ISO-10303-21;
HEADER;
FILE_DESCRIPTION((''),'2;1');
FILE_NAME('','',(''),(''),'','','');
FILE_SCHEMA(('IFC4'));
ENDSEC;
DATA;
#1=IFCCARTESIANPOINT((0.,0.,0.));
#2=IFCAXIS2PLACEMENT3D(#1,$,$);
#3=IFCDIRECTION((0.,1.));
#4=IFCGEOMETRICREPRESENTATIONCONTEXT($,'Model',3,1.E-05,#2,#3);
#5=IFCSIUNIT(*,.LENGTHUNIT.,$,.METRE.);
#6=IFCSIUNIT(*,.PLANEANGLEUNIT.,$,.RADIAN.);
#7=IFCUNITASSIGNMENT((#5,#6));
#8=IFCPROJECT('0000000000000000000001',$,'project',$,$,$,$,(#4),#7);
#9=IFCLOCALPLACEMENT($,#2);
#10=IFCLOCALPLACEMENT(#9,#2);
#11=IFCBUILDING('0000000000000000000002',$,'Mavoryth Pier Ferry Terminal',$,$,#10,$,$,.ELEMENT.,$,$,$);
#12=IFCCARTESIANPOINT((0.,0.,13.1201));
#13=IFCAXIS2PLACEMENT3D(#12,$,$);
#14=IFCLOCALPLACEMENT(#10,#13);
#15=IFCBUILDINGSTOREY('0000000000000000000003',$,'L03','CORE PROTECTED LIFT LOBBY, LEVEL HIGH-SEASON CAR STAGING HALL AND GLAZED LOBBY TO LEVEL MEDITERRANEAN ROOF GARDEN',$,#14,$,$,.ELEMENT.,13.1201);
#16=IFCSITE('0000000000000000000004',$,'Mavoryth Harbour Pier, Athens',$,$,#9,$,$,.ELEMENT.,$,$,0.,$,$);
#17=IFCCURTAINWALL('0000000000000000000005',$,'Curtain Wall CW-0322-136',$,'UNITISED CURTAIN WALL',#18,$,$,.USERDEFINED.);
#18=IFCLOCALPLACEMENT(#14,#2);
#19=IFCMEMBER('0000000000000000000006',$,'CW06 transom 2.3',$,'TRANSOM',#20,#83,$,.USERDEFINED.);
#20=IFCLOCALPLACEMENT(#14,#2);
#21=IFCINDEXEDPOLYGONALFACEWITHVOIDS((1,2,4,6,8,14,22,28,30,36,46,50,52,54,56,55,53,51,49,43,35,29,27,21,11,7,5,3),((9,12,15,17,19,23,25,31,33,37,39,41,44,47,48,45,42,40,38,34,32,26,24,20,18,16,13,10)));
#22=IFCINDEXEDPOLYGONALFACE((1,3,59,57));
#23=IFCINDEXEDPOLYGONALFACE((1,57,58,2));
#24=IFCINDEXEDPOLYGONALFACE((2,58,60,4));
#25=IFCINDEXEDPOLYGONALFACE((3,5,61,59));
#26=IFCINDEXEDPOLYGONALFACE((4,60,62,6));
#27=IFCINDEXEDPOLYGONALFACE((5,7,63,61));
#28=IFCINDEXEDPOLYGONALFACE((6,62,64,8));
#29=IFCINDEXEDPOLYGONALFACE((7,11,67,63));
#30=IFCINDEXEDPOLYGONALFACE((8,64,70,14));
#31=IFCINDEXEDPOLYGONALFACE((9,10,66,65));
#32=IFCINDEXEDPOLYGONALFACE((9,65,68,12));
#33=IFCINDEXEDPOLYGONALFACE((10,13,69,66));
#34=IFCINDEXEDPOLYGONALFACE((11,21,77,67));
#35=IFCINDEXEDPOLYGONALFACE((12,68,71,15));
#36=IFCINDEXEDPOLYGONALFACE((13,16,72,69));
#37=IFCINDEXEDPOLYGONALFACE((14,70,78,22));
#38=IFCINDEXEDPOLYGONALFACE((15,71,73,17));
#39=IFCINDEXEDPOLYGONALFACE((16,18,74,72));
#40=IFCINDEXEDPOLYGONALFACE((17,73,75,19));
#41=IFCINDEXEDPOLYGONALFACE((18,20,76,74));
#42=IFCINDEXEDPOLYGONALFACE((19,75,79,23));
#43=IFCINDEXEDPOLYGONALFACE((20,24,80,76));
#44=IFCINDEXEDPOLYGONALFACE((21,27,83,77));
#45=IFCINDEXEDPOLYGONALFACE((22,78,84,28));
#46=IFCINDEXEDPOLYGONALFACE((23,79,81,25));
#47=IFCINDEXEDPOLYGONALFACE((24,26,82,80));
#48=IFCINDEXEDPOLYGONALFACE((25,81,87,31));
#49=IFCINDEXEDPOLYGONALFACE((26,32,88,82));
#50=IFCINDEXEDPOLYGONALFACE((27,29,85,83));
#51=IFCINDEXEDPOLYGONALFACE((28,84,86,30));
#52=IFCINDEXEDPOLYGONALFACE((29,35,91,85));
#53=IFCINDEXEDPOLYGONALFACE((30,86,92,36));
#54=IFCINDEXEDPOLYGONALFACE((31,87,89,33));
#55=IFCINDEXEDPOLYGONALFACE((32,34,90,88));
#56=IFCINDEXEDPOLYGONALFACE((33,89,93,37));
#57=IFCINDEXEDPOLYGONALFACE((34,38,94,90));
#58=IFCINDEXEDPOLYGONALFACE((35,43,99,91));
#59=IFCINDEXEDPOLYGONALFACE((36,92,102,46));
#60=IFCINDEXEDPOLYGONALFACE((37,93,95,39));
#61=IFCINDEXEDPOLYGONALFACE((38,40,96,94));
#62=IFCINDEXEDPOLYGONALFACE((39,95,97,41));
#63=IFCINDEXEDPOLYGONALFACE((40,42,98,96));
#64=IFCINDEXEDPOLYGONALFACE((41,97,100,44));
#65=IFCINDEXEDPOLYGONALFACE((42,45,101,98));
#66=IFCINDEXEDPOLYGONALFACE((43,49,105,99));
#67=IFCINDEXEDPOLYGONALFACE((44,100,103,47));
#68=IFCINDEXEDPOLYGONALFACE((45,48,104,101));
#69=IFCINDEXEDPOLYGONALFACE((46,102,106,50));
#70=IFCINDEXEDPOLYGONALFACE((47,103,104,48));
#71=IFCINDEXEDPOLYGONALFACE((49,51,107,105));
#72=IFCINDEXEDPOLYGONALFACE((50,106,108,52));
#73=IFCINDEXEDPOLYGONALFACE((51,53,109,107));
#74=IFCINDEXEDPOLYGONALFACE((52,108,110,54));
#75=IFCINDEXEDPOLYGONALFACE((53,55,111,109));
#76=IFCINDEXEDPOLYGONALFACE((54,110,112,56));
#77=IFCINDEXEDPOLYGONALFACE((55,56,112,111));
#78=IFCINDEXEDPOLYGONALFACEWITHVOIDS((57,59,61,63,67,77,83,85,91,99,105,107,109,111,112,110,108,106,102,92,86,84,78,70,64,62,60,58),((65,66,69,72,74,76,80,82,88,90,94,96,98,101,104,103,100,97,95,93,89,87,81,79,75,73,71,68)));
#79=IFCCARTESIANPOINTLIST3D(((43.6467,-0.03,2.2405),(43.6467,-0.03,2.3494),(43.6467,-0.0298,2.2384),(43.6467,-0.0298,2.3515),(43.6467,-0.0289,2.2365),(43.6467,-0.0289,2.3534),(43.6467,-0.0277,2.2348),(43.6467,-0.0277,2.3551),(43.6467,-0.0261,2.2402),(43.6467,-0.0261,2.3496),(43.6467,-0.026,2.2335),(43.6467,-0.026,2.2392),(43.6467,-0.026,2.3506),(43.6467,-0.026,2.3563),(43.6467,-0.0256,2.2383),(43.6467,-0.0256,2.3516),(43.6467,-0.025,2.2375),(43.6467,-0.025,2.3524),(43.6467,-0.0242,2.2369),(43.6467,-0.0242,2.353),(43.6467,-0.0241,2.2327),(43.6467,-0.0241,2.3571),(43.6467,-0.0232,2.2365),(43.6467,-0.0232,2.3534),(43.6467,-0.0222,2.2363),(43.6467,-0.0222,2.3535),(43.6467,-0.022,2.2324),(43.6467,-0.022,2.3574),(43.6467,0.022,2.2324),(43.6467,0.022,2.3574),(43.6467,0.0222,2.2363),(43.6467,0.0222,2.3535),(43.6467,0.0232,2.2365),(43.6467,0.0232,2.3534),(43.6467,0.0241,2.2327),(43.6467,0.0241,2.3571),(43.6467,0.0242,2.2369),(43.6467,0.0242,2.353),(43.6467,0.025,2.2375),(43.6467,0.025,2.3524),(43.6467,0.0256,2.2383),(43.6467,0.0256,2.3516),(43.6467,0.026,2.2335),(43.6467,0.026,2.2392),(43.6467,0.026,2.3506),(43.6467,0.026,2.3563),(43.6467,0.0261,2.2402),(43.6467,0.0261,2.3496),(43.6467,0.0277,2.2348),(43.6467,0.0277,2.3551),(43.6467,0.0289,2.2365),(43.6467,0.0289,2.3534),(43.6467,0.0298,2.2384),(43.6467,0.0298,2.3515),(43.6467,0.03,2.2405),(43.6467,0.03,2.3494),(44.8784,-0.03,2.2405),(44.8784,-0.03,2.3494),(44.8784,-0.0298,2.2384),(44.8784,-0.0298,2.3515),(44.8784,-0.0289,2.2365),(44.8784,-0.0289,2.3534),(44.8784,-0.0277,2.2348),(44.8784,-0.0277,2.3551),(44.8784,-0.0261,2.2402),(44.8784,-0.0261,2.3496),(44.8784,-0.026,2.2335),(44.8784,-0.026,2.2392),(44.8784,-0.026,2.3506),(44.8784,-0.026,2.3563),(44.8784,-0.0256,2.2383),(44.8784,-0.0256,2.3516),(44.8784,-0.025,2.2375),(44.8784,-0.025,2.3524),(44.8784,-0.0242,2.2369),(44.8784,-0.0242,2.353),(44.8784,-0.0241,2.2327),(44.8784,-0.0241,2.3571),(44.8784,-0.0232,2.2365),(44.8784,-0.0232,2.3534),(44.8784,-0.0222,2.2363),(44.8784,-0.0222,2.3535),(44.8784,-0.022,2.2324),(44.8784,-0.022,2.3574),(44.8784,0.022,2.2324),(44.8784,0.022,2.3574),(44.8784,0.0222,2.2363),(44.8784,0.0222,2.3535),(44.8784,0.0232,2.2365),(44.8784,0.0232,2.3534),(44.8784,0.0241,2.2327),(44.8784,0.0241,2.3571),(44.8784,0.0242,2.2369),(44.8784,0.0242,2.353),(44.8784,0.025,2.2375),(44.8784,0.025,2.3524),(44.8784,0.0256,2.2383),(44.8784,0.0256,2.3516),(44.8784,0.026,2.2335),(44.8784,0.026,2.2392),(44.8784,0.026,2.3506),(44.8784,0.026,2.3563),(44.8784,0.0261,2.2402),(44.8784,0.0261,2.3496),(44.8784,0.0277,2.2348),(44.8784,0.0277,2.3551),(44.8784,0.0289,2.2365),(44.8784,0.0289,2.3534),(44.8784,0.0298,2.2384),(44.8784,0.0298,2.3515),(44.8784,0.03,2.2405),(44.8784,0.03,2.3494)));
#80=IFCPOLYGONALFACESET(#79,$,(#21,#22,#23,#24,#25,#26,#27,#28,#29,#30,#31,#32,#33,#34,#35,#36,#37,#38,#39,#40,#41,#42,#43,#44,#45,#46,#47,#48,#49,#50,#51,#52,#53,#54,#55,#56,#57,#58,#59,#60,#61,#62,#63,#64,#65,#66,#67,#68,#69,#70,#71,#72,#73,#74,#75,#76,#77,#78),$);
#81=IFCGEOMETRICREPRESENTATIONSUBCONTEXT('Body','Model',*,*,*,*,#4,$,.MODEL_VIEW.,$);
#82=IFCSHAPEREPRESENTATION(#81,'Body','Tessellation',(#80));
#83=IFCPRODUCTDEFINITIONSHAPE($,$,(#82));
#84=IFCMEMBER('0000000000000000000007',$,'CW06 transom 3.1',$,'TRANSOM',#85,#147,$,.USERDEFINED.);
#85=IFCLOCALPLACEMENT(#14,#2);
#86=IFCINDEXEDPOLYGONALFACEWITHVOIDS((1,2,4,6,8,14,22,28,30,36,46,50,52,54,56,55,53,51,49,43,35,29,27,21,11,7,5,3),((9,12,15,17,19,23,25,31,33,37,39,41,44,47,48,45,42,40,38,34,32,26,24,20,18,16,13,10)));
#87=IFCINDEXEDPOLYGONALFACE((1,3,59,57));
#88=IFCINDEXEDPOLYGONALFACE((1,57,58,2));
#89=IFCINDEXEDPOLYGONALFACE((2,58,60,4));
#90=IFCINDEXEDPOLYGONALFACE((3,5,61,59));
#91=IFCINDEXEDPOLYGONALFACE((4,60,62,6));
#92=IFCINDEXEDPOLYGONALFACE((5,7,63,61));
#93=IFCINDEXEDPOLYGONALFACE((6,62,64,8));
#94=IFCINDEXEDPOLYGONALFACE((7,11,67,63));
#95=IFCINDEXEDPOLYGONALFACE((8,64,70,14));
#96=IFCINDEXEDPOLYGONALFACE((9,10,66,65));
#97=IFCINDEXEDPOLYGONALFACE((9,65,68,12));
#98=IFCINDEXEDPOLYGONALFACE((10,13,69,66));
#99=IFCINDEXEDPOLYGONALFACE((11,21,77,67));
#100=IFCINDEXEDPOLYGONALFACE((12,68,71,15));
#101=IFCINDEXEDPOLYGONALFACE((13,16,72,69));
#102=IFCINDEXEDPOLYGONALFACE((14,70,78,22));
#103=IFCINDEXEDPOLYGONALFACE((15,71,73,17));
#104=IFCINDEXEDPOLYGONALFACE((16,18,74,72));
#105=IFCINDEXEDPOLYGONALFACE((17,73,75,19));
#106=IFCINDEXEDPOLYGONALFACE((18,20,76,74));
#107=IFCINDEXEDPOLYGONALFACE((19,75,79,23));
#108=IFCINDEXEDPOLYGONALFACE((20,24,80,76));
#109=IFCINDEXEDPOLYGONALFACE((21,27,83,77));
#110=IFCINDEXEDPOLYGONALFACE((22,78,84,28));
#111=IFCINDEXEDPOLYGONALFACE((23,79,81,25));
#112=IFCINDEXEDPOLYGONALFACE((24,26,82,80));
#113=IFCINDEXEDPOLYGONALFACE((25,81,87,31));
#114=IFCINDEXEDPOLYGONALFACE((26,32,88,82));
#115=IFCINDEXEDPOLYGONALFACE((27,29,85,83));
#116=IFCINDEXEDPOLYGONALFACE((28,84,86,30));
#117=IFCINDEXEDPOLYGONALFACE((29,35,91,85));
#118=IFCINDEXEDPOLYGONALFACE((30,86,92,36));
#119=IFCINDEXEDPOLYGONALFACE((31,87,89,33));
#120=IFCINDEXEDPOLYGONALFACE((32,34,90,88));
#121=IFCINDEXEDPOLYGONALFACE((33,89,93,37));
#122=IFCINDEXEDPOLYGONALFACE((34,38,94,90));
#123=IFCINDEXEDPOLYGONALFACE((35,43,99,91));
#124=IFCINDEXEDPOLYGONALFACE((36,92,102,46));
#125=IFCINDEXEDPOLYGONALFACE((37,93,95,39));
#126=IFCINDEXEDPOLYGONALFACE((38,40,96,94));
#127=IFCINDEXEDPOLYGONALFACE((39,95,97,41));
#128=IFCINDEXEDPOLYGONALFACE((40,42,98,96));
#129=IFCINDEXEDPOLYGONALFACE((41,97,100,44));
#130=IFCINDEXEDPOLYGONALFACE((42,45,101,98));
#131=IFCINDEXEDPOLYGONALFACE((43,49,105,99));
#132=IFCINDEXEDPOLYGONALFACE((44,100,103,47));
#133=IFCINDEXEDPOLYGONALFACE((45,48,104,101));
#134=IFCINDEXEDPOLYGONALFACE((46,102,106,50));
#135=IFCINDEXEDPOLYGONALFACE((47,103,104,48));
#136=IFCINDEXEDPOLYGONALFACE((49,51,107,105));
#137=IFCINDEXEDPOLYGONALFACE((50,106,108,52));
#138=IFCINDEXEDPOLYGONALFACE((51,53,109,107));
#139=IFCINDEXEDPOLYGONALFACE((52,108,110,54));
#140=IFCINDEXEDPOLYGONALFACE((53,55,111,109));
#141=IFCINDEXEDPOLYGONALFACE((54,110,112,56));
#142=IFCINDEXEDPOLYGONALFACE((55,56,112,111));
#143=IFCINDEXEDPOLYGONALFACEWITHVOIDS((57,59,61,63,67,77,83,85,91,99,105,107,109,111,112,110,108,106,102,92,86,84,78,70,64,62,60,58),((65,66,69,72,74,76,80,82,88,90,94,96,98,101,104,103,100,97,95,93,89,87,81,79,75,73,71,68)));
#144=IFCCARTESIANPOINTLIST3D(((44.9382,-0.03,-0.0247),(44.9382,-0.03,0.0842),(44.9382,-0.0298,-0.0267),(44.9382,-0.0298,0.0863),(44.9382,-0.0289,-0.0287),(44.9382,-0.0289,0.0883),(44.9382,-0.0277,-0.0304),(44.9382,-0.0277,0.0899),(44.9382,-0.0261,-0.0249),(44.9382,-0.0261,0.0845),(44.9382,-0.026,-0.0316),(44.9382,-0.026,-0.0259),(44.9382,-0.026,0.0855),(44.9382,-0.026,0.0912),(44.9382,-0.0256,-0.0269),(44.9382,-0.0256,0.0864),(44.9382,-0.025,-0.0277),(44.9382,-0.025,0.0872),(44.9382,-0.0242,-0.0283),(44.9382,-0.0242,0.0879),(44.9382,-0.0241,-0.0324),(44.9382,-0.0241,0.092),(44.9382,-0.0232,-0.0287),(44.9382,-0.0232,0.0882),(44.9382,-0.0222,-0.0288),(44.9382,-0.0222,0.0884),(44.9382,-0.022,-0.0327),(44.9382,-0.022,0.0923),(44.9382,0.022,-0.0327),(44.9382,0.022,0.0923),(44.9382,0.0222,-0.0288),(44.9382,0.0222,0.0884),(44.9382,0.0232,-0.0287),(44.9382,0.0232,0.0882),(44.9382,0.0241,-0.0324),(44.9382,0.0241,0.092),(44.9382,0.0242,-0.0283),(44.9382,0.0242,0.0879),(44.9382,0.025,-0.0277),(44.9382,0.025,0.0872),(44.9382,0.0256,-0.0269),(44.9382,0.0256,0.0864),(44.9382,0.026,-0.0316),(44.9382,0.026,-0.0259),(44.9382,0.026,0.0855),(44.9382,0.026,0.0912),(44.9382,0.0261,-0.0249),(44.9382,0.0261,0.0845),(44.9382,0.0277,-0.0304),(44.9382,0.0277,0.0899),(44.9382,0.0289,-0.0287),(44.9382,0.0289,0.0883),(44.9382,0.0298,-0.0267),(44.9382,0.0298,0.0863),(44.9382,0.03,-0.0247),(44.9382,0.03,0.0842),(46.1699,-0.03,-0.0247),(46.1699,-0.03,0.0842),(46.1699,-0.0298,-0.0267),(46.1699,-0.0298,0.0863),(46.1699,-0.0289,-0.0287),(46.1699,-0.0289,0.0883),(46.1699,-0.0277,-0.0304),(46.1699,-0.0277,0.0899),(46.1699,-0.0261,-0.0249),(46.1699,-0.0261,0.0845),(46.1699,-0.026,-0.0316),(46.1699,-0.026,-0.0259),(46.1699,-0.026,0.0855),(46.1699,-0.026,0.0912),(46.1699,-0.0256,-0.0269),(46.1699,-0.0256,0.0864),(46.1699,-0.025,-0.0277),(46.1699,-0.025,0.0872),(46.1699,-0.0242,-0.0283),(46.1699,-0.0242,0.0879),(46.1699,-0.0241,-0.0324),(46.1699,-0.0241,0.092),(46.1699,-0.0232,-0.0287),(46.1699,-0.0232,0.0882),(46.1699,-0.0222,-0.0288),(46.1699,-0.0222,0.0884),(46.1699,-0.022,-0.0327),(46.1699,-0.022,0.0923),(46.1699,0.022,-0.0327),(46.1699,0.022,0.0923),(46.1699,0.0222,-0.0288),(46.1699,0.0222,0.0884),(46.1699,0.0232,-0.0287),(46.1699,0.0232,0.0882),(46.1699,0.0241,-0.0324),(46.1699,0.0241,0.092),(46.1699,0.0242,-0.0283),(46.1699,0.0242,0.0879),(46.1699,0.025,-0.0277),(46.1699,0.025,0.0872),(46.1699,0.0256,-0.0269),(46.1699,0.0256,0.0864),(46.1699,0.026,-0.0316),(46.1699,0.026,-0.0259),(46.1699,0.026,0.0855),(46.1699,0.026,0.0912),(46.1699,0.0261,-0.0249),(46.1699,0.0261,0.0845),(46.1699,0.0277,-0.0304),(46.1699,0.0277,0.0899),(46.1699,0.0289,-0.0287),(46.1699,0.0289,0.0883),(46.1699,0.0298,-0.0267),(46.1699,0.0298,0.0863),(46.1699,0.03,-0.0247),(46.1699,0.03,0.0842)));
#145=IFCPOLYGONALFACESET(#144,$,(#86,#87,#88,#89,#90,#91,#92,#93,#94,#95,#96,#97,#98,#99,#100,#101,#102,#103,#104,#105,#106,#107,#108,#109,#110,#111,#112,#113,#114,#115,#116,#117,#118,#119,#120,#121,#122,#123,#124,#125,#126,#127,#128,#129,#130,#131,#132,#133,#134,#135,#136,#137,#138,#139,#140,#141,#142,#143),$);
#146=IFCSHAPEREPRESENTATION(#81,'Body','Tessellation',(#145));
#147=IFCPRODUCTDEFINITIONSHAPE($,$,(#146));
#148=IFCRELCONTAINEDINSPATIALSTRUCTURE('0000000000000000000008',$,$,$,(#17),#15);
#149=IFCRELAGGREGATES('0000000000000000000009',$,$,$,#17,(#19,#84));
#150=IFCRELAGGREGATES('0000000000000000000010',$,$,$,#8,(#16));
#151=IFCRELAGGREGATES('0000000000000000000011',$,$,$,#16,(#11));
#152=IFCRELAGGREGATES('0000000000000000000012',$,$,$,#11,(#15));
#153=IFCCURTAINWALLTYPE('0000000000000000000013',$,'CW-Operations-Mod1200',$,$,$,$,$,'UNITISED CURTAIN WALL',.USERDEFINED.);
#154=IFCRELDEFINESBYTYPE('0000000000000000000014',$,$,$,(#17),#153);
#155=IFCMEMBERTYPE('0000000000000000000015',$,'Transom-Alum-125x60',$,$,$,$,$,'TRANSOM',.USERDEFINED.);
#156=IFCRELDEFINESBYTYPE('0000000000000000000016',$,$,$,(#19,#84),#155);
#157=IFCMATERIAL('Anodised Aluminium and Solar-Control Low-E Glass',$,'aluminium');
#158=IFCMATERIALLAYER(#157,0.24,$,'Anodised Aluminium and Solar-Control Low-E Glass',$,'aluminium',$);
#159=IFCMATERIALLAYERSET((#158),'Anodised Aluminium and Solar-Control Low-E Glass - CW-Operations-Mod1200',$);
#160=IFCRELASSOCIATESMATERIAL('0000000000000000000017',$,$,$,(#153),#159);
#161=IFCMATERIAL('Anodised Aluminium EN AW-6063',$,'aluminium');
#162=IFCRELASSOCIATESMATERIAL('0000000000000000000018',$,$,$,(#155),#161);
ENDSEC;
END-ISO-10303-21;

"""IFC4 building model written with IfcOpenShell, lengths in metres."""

from ifc_helpers import new_model, si_unit, direction, frame, origin, origin_2d, place, context, subcontext, project, spatial, hollow_rectangle, extrude, material, layer, layer_set, material_profile, profile_set, type_object, element, aggregate, save


model = new_model("IFC4")

# Units and contexts
model_context = context("Model", 3, precision=1e-05, world=origin(), true_north=direction((0.0, 1.0)))
body_context = subcontext(model_context, "Body", "Model", "MODEL_VIEW")
ifc_project = project(units=[si_unit("LENGTHUNIT", "METRE"), si_unit("PLANEANGLEUNIT", "RADIAN")], contexts=[model_context])

# Site, building, storey
site_placement = place(None, origin())
site = spatial("IfcSite", under=ifc_project, at=site_placement, Name="Mavoryth Harbour Pier, Athens", CompositionType="ELEMENT", RefElevation=0.0)
building_placement = place(site_placement, origin())
building = spatial("IfcBuilding", under=site, at=building_placement, Name="Mavoryth Pier Ferry Terminal", CompositionType="ELEMENT")
storey_placement = place(building_placement, frame((0.0, 0.0, 13.1201)))
storey = spatial("IfcBuildingStorey", under=building, at=storey_placement, Name="L03", Description="CORE PROTECTED LIFT LOBBY, LEVEL HIGH-SEASON CAR STAGING HALL AND GLAZED LOBBY TO LEVEL MEDITERRANEAN ROOF GARDEN", CompositionType="ELEMENT", Elevation=13.1201)

# Curtain wall
ifc_material_1 = material(Name="Anodised Aluminium and Solar-Control Low-E Glass", Category="aluminium")
ifc_layer_1 = layer(ifc_material_1, 0.24, Name="Anodised Aluminium and Solar-Control Low-E Glass", Category="aluminium")
ifc_layer_set_1 = layer_set([ifc_layer_1], Name="Anodised Aluminium and Solar-Control Low-E Glass - CW-Operations-Mod1200")
curtain_wall_type = type_object("IfcCurtainWallType", Name="CW-Operations-Mod1200", ElementType="UNITISED CURTAIN WALL", PredefinedType="USERDEFINED", material=ifc_layer_set_1)
curtain_wall_placement = place(storey_placement, origin())
curtain_wall = element("IfcCurtainWall", 1, at=curtain_wall_placement, inside=storey, type_object=curtain_wall_type, Name="Curtain Wall CW-0322-136", ObjectType="UNITISED CURTAIN WALL", PredefinedType="USERDEFINED")
ifc_material_2 = material(Name="Anodised Aluminium EN AW-6063", Category="aluminium")

# Members
ifc_material_profile_1 = material_profile(ifc_material_2, hollow_rectangle(XDim=0.0601, YDim=0.125, WallThickness=0.0039, InnerFilletRadius=0.0039, OuterFilletRadius=0.0081, at=origin_2d()), Name="AL-TRAN 125x60x4", Category="aluminium")
ifc_profile_set_1 = profile_set([ifc_material_profile_1], Name="Anodised Aluminium EN AW-6063 - AL-TRAN 125x60x4")
member_type_1 = type_object("IfcMemberType", Name="Transom-Alum-125x60", ElementType="TRANSOM", PredefinedType="USERDEFINED", material=ifc_profile_set_1)
member_1_placement = place(storey_placement, frame((43.6467, 0.0, 2.2949), z_axis=(1.0, 0.0, 0.0), x_axis=(0.0, 1.0, 0.0)))
member_1 = element("IfcMember", 2, at=member_1_placement, type_object=member_type_1, Name="CW06 transom 2.3", ObjectType="TRANSOM", PredefinedType="USERDEFINED", context=body_context, shape_type="SweptSolid", body=[
    extrude(hollow_rectangle(XDim=0.0601, YDim=0.125, WallThickness=0.0039, InnerFilletRadius=0.0039, OuterFilletRadius=0.0081, at=origin_2d()), origin(), (0.0, 0.0, 1.0), 1.2317),
])
member_2_placement = place(storey_placement, frame((44.9382, 0.0, 0.0298), z_axis=(1.0, 0.0, 0.0), x_axis=(0.0, 1.0, 0.0)))
member_2 = element("IfcMember", 3, at=member_2_placement, type_object=member_type_1, Name="CW06 transom 3.1", ObjectType="TRANSOM", PredefinedType="USERDEFINED", context=body_context, shape_type="SweptSolid", body=[
    extrude(hollow_rectangle(XDim=0.0601, YDim=0.125, WallThickness=0.0039, InnerFilletRadius=0.0039, OuterFilletRadius=0.0081, at=origin_2d()), origin(), (0.0, 0.0, 1.0), 1.2317),
])

aggregate(curtain_wall, [member_1, member_2])

save(model, "model.ifc")
